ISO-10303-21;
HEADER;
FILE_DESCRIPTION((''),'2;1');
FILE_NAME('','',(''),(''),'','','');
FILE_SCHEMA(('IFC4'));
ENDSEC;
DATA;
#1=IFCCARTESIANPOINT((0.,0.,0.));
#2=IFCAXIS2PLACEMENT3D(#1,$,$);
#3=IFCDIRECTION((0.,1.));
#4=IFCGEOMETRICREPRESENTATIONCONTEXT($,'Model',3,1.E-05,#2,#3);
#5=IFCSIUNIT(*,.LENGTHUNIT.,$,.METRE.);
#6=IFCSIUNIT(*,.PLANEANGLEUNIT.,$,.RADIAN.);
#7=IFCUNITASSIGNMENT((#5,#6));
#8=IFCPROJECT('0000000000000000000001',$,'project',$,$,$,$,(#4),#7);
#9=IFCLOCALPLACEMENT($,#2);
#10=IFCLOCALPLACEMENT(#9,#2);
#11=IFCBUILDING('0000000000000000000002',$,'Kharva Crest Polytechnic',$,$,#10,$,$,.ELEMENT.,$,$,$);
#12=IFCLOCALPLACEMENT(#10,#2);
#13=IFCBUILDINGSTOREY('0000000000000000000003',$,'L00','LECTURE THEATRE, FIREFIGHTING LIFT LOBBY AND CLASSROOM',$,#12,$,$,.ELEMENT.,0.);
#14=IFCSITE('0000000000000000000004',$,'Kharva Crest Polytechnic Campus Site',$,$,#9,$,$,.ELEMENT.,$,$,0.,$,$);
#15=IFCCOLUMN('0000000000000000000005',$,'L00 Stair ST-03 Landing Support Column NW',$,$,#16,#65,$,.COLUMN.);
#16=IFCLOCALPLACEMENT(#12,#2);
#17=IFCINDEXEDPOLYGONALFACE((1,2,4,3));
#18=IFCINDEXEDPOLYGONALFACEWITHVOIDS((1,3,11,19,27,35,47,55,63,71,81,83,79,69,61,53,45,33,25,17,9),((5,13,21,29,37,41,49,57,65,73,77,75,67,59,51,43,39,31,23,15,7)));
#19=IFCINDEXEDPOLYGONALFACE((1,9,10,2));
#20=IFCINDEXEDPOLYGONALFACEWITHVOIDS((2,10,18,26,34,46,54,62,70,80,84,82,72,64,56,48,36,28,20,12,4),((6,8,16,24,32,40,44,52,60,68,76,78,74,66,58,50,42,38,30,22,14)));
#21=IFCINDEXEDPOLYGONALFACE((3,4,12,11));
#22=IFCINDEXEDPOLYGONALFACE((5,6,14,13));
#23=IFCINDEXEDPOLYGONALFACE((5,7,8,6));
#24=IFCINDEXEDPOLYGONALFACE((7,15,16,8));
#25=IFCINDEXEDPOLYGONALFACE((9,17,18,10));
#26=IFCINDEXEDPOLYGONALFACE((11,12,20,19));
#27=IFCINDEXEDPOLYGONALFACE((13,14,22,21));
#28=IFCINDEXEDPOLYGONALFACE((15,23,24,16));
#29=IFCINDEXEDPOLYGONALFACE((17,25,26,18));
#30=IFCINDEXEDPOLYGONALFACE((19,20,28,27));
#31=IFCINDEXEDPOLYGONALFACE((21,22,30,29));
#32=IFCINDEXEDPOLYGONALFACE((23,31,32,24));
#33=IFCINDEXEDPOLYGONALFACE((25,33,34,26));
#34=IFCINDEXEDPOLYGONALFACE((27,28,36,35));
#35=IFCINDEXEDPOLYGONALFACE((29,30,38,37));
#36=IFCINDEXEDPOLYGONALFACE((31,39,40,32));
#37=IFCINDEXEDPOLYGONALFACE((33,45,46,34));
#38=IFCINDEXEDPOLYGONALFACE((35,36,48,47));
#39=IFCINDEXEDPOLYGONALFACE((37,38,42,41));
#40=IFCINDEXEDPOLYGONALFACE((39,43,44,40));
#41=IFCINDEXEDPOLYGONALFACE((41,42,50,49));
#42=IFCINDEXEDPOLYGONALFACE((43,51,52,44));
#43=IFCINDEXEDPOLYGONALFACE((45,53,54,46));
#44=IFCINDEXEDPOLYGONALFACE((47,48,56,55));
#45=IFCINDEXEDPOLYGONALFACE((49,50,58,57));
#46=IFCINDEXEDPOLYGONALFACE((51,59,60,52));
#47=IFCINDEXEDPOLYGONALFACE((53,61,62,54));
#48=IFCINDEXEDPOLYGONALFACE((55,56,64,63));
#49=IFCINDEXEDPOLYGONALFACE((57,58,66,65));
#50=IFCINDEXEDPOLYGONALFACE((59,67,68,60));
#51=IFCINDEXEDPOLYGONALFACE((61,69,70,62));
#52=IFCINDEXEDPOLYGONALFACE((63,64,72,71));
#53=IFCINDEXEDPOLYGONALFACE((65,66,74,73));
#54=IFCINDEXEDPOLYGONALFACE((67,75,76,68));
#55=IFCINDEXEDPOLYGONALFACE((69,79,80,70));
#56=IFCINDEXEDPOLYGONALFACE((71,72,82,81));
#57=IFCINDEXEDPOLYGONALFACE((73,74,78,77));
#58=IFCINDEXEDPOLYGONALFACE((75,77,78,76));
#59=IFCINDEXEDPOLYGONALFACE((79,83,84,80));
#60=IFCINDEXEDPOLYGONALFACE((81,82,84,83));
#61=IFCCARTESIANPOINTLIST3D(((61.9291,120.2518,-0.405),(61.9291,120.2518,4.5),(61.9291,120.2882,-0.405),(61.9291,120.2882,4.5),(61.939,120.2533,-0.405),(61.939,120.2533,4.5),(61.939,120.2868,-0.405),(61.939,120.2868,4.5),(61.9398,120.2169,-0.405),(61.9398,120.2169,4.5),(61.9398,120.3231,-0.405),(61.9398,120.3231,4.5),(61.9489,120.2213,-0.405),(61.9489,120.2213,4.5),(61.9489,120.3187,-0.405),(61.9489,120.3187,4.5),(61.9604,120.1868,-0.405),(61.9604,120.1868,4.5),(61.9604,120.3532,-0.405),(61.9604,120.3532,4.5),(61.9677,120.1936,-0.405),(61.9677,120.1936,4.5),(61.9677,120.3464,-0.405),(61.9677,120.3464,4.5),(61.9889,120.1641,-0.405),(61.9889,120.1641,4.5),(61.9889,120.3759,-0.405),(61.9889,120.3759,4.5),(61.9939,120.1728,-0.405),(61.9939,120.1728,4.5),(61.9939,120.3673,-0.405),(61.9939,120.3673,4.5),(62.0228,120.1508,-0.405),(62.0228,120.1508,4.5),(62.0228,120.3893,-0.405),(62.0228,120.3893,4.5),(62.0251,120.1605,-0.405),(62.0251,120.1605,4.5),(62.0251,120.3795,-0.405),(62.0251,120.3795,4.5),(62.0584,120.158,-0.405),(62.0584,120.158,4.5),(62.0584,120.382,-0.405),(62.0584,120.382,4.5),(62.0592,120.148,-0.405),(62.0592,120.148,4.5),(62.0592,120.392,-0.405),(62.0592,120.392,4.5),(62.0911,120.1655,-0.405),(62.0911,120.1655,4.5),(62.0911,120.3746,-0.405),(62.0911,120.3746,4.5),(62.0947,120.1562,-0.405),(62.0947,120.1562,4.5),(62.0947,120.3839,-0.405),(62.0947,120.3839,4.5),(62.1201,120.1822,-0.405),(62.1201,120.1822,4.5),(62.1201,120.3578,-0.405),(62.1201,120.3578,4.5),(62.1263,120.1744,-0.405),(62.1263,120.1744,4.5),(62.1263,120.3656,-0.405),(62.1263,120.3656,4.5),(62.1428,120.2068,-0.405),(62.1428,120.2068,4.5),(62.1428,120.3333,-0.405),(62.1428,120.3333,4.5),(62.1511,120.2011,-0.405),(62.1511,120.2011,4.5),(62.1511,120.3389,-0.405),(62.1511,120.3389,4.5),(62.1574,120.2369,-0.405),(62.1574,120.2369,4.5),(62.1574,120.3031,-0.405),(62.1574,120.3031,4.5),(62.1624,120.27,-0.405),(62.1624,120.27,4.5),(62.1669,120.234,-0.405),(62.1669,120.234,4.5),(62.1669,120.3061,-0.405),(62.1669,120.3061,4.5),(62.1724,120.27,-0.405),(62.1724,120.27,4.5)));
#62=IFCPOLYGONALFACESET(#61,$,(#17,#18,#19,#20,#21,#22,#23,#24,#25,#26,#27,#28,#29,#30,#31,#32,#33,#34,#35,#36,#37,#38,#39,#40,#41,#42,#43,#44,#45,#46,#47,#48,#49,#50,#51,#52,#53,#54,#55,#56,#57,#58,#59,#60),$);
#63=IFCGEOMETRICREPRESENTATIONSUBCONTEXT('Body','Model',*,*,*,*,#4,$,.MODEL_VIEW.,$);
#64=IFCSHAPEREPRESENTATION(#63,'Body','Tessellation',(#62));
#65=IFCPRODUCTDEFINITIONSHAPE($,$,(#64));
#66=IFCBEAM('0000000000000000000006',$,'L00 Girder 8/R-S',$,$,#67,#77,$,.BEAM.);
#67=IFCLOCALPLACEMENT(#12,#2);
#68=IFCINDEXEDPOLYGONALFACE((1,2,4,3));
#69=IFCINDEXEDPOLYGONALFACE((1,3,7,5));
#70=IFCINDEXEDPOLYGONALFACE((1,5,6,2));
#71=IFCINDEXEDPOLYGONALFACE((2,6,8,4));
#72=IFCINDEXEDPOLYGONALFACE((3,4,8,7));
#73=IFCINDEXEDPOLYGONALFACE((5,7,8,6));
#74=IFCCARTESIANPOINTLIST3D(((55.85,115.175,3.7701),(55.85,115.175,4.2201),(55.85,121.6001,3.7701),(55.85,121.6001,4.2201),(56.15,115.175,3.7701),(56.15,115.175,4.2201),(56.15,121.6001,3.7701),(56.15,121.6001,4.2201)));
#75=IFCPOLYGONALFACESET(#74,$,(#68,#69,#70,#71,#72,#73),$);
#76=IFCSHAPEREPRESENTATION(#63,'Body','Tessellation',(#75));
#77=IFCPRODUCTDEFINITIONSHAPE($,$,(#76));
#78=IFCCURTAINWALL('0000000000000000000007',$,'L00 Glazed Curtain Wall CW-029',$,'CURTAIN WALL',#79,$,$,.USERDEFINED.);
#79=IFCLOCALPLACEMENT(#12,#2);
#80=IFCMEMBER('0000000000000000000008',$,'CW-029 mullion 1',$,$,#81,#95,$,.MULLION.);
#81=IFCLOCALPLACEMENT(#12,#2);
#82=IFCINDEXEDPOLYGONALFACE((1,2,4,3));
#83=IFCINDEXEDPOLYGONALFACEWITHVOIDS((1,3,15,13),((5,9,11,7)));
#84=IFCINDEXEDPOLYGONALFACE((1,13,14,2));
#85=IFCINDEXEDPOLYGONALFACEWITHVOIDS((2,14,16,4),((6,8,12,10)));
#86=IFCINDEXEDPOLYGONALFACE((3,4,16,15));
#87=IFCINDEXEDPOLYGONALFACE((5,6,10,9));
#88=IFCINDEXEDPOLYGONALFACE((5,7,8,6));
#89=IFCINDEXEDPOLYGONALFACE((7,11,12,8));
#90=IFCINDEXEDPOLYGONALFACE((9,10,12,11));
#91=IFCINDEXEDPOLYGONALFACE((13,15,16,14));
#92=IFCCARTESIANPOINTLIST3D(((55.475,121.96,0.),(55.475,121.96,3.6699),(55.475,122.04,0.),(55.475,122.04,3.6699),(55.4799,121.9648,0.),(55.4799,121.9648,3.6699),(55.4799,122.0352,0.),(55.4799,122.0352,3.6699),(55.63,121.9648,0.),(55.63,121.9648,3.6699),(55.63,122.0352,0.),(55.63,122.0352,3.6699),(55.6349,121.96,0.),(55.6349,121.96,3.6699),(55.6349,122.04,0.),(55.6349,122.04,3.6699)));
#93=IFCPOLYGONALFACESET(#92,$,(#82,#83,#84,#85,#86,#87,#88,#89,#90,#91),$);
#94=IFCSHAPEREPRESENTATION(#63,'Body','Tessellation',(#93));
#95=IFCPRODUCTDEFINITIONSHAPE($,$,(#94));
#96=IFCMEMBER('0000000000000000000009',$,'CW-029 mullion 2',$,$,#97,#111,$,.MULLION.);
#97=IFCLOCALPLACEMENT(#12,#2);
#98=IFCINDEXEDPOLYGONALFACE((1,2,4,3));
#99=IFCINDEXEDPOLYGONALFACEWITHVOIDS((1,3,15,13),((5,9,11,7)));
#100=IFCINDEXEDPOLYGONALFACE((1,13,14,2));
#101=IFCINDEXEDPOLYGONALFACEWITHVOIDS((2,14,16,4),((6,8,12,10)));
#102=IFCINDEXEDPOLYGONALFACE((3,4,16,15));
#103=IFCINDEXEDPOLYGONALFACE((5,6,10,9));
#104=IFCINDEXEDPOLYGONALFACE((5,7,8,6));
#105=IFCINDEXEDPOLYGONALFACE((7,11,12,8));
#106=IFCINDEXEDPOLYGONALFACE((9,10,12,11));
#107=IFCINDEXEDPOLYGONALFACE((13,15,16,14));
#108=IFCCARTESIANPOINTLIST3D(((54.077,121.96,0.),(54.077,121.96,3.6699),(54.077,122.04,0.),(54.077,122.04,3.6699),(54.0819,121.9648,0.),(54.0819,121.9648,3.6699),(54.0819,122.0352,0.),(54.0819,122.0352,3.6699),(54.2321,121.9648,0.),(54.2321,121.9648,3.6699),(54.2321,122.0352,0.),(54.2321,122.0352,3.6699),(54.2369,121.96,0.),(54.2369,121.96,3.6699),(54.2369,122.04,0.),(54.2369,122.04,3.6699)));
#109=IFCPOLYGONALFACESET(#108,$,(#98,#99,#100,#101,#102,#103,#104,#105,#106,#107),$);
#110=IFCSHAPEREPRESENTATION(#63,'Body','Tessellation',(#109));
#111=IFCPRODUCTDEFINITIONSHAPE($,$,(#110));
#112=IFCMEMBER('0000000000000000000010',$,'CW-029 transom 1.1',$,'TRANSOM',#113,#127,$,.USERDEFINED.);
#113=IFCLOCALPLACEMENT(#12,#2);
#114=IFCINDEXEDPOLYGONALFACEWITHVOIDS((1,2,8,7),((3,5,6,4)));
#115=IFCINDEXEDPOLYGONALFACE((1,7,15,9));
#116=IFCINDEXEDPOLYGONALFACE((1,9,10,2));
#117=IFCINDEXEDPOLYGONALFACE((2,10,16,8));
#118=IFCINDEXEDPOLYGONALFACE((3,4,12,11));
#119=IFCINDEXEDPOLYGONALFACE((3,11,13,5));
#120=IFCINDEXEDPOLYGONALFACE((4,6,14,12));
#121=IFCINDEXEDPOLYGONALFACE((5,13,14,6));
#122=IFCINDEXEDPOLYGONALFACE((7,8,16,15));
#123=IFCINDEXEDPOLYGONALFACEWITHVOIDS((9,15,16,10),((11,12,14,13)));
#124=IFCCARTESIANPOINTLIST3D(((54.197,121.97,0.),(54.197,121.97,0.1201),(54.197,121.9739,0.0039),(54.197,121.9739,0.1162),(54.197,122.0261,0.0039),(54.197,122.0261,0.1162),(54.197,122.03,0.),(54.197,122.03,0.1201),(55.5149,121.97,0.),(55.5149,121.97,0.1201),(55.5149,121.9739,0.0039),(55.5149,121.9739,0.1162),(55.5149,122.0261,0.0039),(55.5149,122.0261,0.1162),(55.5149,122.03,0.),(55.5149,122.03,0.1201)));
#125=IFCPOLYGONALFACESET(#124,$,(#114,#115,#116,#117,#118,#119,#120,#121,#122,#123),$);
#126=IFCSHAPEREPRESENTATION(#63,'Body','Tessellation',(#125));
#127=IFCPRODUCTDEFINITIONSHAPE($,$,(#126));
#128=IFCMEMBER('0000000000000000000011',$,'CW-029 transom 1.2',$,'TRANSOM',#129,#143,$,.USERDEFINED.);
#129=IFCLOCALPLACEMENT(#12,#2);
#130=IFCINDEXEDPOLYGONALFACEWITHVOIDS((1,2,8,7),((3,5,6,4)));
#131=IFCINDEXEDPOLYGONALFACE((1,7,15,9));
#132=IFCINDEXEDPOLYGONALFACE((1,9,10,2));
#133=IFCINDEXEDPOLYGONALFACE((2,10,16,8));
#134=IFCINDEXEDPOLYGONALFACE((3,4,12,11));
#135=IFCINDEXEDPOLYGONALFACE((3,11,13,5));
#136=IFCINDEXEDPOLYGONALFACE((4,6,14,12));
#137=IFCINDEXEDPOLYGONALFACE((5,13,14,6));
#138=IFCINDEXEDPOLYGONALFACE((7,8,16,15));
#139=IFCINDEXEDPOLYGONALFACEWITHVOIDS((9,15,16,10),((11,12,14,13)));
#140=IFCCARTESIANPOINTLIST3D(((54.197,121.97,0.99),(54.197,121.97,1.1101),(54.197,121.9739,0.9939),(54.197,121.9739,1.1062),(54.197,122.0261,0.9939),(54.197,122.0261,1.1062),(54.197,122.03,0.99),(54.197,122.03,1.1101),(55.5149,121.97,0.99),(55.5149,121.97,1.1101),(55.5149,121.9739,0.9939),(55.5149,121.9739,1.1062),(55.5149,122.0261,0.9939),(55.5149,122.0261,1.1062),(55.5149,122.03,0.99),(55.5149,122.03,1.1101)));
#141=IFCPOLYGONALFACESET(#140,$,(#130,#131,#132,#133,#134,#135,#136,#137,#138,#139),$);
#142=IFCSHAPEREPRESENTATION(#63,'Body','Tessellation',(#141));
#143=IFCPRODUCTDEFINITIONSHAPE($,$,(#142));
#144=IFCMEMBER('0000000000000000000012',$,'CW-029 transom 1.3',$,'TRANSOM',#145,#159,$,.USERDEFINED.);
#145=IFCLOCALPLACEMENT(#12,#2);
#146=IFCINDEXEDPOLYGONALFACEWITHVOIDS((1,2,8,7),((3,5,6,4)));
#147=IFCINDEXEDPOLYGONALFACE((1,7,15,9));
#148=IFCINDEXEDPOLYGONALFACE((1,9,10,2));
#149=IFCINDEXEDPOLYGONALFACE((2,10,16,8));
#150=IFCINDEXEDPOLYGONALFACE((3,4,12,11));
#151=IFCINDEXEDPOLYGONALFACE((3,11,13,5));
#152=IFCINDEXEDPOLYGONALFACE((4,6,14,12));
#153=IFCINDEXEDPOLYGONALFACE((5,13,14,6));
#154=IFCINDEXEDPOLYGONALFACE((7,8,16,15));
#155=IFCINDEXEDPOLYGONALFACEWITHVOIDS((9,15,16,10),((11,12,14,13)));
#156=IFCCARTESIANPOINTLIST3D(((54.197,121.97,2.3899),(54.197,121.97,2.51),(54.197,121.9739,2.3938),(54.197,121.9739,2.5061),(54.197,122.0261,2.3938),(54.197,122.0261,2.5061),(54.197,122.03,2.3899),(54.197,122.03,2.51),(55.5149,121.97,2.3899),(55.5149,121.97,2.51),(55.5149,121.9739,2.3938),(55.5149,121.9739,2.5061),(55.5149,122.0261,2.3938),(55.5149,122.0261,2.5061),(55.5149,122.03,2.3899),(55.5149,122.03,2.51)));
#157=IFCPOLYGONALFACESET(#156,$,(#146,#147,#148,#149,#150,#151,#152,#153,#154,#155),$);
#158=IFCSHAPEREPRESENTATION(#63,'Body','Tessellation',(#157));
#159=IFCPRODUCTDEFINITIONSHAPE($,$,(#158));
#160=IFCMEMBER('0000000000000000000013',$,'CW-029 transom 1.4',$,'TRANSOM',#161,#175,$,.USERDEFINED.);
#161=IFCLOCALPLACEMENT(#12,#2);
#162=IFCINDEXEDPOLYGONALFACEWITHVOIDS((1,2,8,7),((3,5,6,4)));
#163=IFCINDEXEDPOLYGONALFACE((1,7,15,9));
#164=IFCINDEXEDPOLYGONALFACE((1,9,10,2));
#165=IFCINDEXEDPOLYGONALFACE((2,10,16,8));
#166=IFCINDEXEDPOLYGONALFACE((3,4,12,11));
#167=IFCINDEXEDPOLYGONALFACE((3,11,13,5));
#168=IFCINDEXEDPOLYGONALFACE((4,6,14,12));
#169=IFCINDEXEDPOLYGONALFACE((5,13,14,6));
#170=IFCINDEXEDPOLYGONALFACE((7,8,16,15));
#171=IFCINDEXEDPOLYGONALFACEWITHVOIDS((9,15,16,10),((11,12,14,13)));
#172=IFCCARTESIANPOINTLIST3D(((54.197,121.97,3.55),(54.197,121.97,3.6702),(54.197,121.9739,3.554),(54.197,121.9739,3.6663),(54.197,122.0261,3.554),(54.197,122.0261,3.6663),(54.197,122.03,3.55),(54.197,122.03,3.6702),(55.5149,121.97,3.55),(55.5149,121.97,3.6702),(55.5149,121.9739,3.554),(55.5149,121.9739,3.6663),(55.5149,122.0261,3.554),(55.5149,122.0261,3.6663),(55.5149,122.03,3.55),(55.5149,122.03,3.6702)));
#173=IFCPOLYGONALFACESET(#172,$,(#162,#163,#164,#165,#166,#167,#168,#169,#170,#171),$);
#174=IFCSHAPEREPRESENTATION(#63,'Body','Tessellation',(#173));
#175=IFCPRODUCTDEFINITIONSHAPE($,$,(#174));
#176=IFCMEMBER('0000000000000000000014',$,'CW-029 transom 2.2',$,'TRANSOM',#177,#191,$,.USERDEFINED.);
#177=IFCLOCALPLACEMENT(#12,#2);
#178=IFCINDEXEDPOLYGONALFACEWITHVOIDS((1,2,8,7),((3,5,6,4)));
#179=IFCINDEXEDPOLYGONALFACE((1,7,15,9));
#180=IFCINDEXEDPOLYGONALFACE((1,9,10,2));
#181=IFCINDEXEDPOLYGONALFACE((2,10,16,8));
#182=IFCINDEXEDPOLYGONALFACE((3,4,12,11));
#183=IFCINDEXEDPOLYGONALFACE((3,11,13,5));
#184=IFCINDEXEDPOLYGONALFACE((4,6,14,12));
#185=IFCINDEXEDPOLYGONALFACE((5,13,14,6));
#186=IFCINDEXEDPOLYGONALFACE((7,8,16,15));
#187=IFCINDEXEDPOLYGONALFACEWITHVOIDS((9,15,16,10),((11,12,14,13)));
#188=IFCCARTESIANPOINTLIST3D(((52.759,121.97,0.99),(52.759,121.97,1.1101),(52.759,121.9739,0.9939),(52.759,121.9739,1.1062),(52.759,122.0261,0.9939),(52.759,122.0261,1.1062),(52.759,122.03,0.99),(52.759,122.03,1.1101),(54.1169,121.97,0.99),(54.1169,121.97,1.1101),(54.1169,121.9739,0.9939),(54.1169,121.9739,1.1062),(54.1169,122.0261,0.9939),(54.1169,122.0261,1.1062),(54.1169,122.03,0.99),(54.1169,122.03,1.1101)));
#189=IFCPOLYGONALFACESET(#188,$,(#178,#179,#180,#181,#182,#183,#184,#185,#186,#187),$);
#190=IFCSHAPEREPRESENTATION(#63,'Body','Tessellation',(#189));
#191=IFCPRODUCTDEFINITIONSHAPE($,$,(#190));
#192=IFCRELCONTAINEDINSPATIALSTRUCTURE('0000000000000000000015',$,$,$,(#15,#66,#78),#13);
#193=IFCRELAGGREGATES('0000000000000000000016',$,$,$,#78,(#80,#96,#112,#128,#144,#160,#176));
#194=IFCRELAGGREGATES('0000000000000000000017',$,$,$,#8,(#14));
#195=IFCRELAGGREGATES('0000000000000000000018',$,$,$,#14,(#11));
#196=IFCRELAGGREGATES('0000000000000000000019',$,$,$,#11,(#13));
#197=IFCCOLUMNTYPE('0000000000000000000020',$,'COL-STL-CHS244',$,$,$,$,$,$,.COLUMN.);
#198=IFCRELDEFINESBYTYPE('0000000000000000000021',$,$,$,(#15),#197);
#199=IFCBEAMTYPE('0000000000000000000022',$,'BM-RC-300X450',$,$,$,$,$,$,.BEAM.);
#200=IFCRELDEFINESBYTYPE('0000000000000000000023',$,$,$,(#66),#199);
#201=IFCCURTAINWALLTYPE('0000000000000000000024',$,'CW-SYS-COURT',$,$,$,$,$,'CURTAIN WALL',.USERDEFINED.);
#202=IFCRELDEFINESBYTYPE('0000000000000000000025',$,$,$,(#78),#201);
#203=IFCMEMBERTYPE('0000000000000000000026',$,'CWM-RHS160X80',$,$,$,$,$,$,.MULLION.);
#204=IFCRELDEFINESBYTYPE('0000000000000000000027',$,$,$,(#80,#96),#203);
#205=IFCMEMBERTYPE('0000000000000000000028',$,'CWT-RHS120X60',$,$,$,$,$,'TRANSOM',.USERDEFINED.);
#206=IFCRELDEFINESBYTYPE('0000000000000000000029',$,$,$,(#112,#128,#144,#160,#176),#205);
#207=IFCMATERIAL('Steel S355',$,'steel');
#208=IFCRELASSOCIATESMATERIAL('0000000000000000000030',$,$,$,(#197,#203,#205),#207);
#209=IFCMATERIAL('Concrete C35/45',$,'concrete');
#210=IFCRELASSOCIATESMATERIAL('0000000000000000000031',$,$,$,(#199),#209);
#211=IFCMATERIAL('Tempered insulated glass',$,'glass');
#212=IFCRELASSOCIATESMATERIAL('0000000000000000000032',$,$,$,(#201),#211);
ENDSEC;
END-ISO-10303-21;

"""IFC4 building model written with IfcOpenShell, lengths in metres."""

from ifc_helpers import new_model, si_unit, direction, frame, origin, origin_2d, place, context, subcontext, project, spatial, rectangle, hollow_rectangle, hollow_circle, extrude, material, material_profile, profile_set, type_object, element, aggregate, save


model = new_model("IFC4")

# Units and contexts
model_context = context("Model", 3, precision=1e-05, world=origin(), true_north=direction((0.0, 1.0)))
body_context = subcontext(model_context, "Body", "Model", "MODEL_VIEW")
ifc_project = project(units=[si_unit("LENGTHUNIT", "METRE"), si_unit("PLANEANGLEUNIT", "RADIAN")], contexts=[model_context])

# Site, building, storey
site_placement = place(None, origin())
site = spatial("IfcSite", under=ifc_project, at=site_placement, Name="Kharva Crest Polytechnic Campus Site", CompositionType="ELEMENT", RefElevation=0.0)
building_placement = place(site_placement, origin())
building = spatial("IfcBuilding", under=site, at=building_placement, Name="Kharva Crest Polytechnic", CompositionType="ELEMENT")
storey_placement = place(building_placement, origin())
storey = spatial("IfcBuildingStorey", under=building, at=storey_placement, Name="L00", Description="LECTURE THEATRE, FIREFIGHTING LIFT LOBBY AND CLASSROOM", CompositionType="ELEMENT", Elevation=0.0)

# Shared definitions
ifc_material_1 = material(Name="Concrete C35/45", Category="concrete")

# Column
ifc_material_2 = material(Name="Steel S355", Category="steel")
ifc_material_profile_1 = material_profile(ifc_material_2, hollow_circle(Radius=0.1223, WallThickness=0.01, at=origin_2d()), Name="CHS 244.5X10.0")
ifc_profile_set_1 = profile_set([ifc_material_profile_1], Name="Steel S355")
column_type_1 = type_object("IfcColumnType", Name="COL-STL-CHS244", PredefinedType="COLUMN", material=ifc_profile_set_1)
column_1_placement = place(storey_placement, frame((62.05, 120.27, -0.405), z_axis=(0.0, 0.0, 1.0), x_axis=(1.0, 0.0, 0.0)))
element("IfcColumn", 1, at=column_1_placement, inside=storey, type_object=column_type_1, Name="L00 Stair ST-03 Landing Support Column NW", PredefinedType="COLUMN", context=body_context, shape_type="SweptSolid", body=[
    extrude(hollow_circle(Radius=0.1223, WallThickness=0.01, at=origin_2d()), origin(), (0.0, 0.0, 1.0), 4.905),
])

# Beam
ifc_material_profile_2 = material_profile(ifc_material_1, rectangle(XDim=0.3, YDim=0.45, at=origin_2d()), Name="RECT 300 X 450")
ifc_profile_set_2 = profile_set([ifc_material_profile_2], Name="Concrete C35/45")
beam_type = type_object("IfcBeamType", Name="BM-RC-300X450", PredefinedType="BEAM", material=ifc_profile_set_2)
beam_placement = place(storey_placement, frame((56.0, 115.175, 3.9951), z_axis=(0.0, 1.0, 0.0), x_axis=(-1.0, 0.0, 0.0)))
element("IfcBeam", 2, at=beam_placement, inside=storey, type_object=beam_type, Name="L00 Girder 8/R-S", PredefinedType="BEAM", context=body_context, shape_type="SweptSolid", body=[
    extrude(rectangle(XDim=0.3, YDim=0.45, at=origin_2d()), origin(), (0.0, 0.0, 1.0), 6.425),
])

# Curtain wall, members
ifc_material_3 = material(Name="Tempered insulated glass", Category="glass")
curtain_wall_type = type_object("IfcCurtainWallType", Name="CW-SYS-COURT", ElementType="CURTAIN WALL", PredefinedType="USERDEFINED", material=ifc_material_3)
curtain_wall_placement = place(storey_placement, origin())
curtain_wall = element("IfcCurtainWall", 3, at=curtain_wall_placement, inside=storey, type_object=curtain_wall_type, Name="L00 Glazed Curtain Wall CW-029", ObjectType="CURTAIN WALL", PredefinedType="USERDEFINED")
ifc_material_profile_3 = material_profile(ifc_material_2, hollow_rectangle(XDim=0.0801, YDim=0.1599, WallThickness=0.0049, at=origin_2d()), Name="RHS 160X80X5.0")
ifc_profile_set_3 = profile_set([ifc_material_profile_3], Name="Steel S355")
member_type_1 = type_object("IfcMemberType", Name="CWM-RHS160X80", PredefinedType="MULLION", material=ifc_profile_set_3)
member_1_placement = place(storey_placement, frame((55.5549, 122.0, 0.0), z_axis=(0.0, 0.0, 1.0), x_axis=(0.0, -1.0, 0.0)))
member_1 = element("IfcMember", 4, at=member_1_placement, type_object=member_type_1, Name="CW-029 mullion 1", PredefinedType="MULLION", context=body_context, shape_type="SweptSolid", body=[
    extrude(hollow_rectangle(XDim=0.0801, YDim=0.1599, WallThickness=0.0049, at=origin_2d()), origin(), (0.0, 0.0, 1.0), 3.6699),
])
member_2_placement = place(storey_placement, frame((54.157, 122.0, 0.0), z_axis=(0.0, 0.0, 1.0), x_axis=(0.0, -1.0, 0.0)))
member_2 = element("IfcMember", 5, at=member_2_placement, type_object=member_type_1, Name="CW-029 mullion 2", PredefinedType="MULLION", context=body_context, shape_type="SweptSolid", body=[
    extrude(hollow_rectangle(XDim=0.0801, YDim=0.1599, WallThickness=0.0049, at=origin_2d()), origin(), (0.0, 0.0, 1.0), 3.6699),
])
ifc_material_profile_4 = material_profile(ifc_material_2, hollow_rectangle(XDim=0.0601, YDim=0.1201, WallThickness=0.0039, at=origin_2d()), Name="RHS 120X60X4.0")
ifc_profile_set_4 = profile_set([ifc_material_profile_4], Name="Steel S355")
member_type_2 = type_object("IfcMemberType", Name="CWT-RHS120X60", ElementType="TRANSOM", PredefinedType="USERDEFINED", material=ifc_profile_set_4)
member_3_placement = place(storey_placement, frame((55.5149, 122.0, 0.0601), z_axis=(-1.0, 0.0, 0.0), x_axis=(0.0, -1.0, 0.0)))
member_3 = element("IfcMember", 6, at=member_3_placement, type_object=member_type_2, Name="CW-029 transom 1.1", ObjectType="TRANSOM", PredefinedType="USERDEFINED", context=body_context, shape_type="SweptSolid", body=[
    extrude(hollow_rectangle(XDim=0.0601, YDim=0.1201, WallThickness=0.0039, at=origin_2d()), origin(), (0.0, 0.0, 1.0), 1.3179),
])
member_4_placement = place(storey_placement, frame((55.5149, 122.0, 1.05), z_axis=(-1.0, 0.0, 0.0), x_axis=(0.0, -1.0, 0.0)))
member_4 = element("IfcMember", 7, at=member_4_placement, type_object=member_type_2, Name="CW-029 transom 1.2", ObjectType="TRANSOM", PredefinedType="USERDEFINED", context=body_context, shape_type="SweptSolid", body=[
    extrude(hollow_rectangle(XDim=0.0601, YDim=0.1201, WallThickness=0.0039, at=origin_2d()), origin(), (0.0, 0.0, 1.0), 1.3179),
])
member_5_placement = place(storey_placement, frame((55.5149, 122.0, 2.45), z_axis=(-1.0, 0.0, 0.0), x_axis=(0.0, -1.0, 0.0)))
member_5 = element("IfcMember", 8, at=member_5_placement, type_object=member_type_2, Name="CW-029 transom 1.3", ObjectType="TRANSOM", PredefinedType="USERDEFINED", context=body_context, shape_type="SweptSolid", body=[
    extrude(hollow_rectangle(XDim=0.0601, YDim=0.1201, WallThickness=0.0039, at=origin_2d()), origin(), (0.0, 0.0, 1.0), 1.3179),
])
member_6_placement = place(storey_placement, frame((55.5149, 122.0, 3.6101), z_axis=(-1.0, 0.0, 0.0), x_axis=(0.0, -1.0, 0.0)))
member_6 = element("IfcMember", 9, at=member_6_placement, type_object=member_type_2, Name="CW-029 transom 1.4", ObjectType="TRANSOM", PredefinedType="USERDEFINED", context=body_context, shape_type="SweptSolid", body=[
    extrude(hollow_rectangle(XDim=0.0601, YDim=0.1201, WallThickness=0.0039, at=origin_2d()), origin(), (0.0, 0.0, 1.0), 1.3179),
])
member_7_placement = place(storey_placement, frame((54.1169, 122.0, 1.05), z_axis=(-1.0, 0.0, 0.0), x_axis=(0.0, -1.0, 0.0)))
member_7 = element("IfcMember", 10, at=member_7_placement, type_object=member_type_2, Name="CW-029 transom 2.2", ObjectType="TRANSOM", PredefinedType="USERDEFINED", context=body_context, shape_type="SweptSolid", body=[
    extrude(hollow_rectangle(XDim=0.0601, YDim=0.1201, WallThickness=0.0039, at=origin_2d()), origin(), (0.0, 0.0, 1.0), 1.3579),
])
aggregate(curtain_wall, [member_1, member_2, member_3, member_4, member_5, member_6, member_7])

save(model, "model.ifc")
